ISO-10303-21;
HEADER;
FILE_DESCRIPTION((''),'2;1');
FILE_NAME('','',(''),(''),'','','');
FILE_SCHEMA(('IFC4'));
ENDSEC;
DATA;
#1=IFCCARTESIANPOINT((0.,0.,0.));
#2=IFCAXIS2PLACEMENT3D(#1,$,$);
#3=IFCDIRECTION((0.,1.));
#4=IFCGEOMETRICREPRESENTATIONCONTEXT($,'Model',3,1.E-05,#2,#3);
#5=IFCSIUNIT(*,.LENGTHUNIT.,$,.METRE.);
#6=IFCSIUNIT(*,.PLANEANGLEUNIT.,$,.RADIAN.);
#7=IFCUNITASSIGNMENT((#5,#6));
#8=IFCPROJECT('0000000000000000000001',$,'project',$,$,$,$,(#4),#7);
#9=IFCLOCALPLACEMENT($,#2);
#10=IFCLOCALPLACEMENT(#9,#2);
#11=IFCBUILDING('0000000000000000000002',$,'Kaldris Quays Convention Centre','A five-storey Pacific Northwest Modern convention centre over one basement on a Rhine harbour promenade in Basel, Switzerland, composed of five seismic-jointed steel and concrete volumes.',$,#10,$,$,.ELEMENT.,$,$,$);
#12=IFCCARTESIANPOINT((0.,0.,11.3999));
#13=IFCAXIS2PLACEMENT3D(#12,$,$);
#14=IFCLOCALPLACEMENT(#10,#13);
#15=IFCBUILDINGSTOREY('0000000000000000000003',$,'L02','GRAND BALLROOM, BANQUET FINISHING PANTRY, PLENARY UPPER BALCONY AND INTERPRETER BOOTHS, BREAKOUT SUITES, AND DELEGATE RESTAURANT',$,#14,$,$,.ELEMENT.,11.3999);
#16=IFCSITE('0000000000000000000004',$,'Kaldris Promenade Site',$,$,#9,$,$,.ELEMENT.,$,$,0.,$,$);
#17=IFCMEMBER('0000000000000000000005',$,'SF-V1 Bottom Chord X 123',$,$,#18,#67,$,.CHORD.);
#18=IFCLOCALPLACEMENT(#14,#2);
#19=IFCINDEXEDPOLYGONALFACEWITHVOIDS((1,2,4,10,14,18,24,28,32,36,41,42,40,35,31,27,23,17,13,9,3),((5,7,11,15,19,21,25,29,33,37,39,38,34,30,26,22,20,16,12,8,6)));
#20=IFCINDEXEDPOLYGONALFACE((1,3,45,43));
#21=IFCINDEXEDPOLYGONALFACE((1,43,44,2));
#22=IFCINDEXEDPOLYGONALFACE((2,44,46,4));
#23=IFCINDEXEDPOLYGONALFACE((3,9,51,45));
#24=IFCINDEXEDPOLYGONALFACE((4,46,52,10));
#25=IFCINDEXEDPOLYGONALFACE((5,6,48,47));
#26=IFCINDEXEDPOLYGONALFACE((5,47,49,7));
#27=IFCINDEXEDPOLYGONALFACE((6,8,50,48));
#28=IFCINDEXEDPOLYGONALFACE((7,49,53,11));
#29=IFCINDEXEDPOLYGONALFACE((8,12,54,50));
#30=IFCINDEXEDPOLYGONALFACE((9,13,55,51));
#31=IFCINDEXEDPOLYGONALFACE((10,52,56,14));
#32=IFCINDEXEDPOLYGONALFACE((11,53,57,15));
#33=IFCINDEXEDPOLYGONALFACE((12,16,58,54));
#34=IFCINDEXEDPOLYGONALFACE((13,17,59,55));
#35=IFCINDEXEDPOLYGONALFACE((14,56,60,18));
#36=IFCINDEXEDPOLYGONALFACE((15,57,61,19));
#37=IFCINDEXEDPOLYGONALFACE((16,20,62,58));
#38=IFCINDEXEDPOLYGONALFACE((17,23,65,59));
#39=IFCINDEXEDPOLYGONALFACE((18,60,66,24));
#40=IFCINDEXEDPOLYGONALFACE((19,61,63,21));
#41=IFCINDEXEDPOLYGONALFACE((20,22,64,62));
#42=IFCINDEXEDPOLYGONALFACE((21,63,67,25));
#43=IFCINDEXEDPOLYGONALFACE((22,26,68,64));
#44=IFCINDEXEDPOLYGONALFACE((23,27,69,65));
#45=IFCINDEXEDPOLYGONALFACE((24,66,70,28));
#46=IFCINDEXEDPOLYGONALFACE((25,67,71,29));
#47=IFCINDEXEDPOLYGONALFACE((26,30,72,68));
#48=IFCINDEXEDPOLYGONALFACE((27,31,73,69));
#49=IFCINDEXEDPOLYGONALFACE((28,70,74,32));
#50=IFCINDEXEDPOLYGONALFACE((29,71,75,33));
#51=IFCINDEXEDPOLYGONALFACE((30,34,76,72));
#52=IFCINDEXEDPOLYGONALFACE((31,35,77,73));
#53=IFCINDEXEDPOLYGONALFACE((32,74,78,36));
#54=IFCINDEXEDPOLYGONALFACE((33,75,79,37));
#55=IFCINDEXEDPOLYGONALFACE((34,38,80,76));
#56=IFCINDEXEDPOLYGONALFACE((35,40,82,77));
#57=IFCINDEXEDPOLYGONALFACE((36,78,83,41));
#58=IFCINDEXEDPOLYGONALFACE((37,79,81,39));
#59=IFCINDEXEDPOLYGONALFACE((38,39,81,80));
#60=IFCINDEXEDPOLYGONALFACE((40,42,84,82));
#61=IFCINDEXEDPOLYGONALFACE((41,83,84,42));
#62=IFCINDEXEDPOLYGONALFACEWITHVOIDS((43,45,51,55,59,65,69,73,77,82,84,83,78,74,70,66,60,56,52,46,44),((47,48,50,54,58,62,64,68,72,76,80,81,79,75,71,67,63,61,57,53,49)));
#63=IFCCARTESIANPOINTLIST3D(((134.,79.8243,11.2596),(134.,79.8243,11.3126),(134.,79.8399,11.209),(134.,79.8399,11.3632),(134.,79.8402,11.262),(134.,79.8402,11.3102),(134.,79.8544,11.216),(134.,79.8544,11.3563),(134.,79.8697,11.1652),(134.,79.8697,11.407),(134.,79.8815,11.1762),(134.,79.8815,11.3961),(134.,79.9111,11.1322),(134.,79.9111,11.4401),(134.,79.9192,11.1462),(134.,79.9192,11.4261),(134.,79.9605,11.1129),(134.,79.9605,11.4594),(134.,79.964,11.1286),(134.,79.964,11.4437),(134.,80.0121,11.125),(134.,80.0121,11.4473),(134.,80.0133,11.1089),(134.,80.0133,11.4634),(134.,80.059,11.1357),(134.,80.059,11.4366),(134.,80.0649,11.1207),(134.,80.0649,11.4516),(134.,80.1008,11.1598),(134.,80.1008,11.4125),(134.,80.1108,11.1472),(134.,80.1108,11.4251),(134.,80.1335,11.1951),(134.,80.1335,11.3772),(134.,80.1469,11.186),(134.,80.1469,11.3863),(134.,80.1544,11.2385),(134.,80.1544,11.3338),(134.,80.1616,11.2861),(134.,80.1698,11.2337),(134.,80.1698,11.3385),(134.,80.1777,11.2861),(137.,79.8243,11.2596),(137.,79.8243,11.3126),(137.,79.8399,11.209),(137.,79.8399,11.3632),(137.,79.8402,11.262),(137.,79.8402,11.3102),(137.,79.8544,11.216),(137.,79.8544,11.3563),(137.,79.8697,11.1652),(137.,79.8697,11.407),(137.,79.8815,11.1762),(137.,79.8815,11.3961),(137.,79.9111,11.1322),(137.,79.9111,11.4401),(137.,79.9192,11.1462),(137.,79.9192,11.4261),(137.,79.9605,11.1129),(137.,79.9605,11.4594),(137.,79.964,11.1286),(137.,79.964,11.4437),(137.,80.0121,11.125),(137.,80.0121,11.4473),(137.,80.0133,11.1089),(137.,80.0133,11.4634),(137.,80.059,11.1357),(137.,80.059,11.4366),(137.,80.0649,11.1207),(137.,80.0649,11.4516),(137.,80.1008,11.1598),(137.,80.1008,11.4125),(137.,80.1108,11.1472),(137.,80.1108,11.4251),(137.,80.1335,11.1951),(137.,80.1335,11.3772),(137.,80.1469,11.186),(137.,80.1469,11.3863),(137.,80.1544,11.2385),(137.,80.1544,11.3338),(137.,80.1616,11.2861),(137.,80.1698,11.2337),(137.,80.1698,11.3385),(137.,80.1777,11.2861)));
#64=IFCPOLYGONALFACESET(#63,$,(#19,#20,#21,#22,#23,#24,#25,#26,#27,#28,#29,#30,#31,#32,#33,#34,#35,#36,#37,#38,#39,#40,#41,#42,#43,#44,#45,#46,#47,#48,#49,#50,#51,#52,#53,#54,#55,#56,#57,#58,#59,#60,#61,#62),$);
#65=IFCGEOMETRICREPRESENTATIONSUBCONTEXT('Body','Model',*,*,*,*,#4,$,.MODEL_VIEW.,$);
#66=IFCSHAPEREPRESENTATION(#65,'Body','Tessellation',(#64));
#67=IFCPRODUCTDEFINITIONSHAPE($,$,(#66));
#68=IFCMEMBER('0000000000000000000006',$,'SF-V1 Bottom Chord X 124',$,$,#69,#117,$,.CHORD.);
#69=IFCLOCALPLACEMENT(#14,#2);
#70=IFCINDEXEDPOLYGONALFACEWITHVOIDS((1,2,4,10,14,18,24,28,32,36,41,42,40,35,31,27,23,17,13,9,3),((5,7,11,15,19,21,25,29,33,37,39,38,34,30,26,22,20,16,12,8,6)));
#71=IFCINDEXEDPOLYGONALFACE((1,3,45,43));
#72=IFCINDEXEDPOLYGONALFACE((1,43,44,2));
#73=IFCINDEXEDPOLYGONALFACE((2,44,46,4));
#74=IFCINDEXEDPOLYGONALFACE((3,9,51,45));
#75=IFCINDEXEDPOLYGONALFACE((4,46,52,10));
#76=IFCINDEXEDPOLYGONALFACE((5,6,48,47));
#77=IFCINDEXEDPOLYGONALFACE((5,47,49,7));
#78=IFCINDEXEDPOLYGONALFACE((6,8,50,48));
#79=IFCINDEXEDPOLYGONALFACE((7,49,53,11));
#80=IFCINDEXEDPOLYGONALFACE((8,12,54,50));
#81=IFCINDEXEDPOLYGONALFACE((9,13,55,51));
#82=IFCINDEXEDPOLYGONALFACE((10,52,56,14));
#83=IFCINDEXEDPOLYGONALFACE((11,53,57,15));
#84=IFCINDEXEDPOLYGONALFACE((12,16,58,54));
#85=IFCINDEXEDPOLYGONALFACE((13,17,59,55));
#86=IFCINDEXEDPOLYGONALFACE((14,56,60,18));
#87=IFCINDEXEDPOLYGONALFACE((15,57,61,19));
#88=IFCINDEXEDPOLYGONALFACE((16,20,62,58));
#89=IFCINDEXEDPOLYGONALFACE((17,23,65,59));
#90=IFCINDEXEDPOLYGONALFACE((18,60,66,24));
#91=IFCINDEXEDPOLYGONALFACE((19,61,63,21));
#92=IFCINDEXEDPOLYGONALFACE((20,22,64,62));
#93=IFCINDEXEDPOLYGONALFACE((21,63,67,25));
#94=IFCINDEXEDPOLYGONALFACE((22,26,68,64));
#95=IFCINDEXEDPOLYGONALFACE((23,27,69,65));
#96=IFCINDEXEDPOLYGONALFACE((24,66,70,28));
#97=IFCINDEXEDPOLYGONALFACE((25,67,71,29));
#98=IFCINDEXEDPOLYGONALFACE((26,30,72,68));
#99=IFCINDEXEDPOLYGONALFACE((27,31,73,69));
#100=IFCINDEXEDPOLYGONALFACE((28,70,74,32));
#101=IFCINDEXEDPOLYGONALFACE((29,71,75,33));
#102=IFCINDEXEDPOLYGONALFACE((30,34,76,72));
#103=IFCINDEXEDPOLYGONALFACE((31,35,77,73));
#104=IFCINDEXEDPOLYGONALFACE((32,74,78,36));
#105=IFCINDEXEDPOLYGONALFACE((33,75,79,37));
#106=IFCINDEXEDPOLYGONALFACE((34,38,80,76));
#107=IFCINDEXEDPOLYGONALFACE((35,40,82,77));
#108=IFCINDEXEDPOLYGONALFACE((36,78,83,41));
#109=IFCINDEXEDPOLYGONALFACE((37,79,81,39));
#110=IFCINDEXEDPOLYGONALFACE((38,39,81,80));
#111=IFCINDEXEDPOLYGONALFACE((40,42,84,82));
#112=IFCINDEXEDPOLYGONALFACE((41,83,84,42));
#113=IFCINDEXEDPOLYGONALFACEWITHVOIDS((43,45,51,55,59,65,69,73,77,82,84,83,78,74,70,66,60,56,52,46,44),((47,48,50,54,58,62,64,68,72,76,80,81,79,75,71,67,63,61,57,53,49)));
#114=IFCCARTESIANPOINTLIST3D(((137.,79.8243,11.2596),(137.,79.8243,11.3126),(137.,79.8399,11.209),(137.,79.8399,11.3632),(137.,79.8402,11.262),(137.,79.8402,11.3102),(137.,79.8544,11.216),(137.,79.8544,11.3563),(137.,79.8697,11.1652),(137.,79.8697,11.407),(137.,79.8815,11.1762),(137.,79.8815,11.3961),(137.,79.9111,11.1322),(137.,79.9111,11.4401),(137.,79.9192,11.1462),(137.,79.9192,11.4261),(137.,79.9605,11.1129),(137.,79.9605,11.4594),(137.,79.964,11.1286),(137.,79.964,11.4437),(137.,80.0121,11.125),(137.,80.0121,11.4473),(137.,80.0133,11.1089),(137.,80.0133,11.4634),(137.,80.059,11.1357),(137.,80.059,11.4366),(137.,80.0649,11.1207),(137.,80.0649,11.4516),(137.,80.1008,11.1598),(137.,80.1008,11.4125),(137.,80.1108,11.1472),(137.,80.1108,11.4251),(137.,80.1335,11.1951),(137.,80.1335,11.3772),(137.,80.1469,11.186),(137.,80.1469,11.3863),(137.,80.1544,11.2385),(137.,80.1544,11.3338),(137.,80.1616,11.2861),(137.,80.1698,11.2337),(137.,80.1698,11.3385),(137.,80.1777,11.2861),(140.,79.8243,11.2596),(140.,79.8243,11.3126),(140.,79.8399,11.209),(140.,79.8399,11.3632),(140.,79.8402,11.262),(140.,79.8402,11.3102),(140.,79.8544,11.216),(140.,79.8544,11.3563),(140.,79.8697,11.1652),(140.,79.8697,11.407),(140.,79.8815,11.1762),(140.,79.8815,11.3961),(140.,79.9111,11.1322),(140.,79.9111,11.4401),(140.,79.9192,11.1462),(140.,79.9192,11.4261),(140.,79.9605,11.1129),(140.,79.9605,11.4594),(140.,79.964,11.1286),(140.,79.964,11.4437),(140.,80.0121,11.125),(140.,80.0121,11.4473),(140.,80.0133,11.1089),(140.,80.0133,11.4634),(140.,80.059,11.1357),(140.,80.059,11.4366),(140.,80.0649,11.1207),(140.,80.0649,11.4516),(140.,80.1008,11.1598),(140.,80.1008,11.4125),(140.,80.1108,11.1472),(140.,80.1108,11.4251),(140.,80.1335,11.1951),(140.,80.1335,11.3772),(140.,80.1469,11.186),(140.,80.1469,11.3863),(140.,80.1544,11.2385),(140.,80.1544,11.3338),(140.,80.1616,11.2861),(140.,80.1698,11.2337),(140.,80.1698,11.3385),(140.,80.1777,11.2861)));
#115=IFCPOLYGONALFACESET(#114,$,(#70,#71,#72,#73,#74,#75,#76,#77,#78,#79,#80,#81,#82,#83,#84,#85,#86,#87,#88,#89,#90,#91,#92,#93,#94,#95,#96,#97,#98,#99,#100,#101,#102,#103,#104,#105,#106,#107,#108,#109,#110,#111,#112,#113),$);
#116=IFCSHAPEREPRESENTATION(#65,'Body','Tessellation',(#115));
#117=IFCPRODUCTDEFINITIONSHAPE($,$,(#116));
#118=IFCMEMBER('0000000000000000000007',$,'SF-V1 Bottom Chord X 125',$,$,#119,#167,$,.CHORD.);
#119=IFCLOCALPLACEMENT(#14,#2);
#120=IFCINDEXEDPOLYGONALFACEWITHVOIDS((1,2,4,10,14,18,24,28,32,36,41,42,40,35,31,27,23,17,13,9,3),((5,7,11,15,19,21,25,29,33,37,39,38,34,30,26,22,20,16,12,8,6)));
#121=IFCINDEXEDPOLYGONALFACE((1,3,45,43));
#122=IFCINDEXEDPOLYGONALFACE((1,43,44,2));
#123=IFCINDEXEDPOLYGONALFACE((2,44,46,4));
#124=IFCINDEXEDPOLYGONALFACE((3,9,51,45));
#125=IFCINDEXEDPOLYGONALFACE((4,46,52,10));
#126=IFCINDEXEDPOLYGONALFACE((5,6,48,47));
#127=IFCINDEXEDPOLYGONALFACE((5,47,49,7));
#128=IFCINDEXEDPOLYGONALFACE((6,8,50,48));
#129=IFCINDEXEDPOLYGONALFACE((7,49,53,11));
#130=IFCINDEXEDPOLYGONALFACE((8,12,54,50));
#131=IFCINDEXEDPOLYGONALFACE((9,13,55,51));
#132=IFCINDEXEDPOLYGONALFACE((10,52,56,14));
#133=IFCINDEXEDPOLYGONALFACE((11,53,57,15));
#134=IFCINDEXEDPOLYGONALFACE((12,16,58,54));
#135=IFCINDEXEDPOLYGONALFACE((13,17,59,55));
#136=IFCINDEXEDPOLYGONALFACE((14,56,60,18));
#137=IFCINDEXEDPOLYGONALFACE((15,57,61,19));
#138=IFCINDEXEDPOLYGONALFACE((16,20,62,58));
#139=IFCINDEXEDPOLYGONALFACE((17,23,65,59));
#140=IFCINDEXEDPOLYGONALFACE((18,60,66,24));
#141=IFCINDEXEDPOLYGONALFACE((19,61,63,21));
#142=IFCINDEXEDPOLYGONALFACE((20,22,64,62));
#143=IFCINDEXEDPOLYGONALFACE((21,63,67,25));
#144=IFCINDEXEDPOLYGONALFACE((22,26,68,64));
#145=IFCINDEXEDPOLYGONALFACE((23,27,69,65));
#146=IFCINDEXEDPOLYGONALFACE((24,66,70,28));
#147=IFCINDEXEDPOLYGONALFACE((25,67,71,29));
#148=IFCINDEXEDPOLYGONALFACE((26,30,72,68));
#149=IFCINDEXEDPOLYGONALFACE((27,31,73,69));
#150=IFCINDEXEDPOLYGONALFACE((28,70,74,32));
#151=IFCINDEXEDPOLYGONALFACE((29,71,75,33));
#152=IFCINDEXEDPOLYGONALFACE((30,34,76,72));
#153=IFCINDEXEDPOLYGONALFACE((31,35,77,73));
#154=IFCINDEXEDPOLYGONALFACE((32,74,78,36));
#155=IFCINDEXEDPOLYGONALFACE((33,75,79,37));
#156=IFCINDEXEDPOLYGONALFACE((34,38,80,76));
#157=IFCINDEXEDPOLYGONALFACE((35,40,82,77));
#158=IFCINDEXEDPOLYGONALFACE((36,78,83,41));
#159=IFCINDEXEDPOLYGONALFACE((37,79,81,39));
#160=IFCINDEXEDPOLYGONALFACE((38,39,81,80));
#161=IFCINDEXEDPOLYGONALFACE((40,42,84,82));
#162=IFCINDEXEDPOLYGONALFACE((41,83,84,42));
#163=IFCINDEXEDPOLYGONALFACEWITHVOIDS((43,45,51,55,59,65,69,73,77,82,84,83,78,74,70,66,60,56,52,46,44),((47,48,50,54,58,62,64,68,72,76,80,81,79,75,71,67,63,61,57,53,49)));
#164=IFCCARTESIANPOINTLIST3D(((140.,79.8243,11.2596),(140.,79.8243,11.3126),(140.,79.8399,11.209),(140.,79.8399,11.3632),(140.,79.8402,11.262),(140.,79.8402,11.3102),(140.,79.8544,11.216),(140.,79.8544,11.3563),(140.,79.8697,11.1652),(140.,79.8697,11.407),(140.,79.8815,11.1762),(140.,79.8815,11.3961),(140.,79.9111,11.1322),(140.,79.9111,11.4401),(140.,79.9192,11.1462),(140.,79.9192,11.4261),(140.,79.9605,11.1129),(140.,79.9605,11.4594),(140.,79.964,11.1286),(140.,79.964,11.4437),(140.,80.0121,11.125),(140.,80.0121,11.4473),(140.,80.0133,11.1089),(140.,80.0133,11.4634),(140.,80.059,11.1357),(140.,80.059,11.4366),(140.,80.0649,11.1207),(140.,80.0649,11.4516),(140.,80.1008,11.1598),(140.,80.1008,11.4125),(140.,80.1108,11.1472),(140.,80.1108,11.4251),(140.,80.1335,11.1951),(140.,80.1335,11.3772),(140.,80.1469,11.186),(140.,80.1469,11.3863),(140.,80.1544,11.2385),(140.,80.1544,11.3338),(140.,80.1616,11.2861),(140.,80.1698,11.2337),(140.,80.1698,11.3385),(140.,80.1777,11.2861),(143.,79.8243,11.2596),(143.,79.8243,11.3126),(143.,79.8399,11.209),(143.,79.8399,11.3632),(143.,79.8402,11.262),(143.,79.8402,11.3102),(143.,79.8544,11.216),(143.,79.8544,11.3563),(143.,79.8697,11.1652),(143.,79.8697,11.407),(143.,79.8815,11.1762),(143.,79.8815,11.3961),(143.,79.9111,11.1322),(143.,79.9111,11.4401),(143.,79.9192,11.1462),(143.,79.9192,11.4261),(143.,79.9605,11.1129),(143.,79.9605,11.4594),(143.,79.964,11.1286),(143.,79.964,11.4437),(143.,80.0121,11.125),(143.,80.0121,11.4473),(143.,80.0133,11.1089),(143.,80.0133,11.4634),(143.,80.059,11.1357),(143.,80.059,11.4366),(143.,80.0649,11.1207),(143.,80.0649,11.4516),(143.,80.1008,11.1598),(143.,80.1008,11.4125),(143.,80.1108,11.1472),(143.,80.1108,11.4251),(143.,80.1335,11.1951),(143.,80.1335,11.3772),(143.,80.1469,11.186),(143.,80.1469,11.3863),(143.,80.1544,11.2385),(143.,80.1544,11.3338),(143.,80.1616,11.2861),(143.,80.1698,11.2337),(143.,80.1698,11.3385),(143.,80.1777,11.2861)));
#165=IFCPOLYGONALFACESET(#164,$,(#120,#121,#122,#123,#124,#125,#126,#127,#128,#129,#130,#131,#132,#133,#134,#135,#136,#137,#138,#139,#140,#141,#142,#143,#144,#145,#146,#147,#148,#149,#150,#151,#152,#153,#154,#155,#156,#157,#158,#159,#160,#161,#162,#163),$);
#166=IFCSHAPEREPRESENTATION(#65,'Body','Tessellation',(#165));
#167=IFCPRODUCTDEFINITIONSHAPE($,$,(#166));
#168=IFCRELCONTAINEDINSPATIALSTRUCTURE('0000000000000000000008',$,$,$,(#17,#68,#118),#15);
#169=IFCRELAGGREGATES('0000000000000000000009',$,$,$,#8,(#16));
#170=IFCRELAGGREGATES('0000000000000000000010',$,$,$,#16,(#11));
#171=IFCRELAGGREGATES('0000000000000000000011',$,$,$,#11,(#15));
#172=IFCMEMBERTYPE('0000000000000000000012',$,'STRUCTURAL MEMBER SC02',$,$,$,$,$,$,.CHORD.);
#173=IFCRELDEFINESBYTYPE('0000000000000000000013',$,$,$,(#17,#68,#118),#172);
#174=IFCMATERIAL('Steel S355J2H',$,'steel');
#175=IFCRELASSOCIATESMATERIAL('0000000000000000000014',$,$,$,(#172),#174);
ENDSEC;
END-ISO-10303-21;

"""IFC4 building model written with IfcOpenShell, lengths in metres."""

from ifc_helpers import new_model, si_unit, direction, frame, origin, origin_2d, place, context, subcontext, project, spatial, hollow_circle, extrude, material, material_profile, profile_set, type_object, element, save


model = new_model("IFC4")

# Units and contexts
model_context = context("Model", 3, precision=1e-05, world=origin(), true_north=direction((0.0, 1.0)))
body_context = subcontext(model_context, "Body", "Model", "MODEL_VIEW")
ifc_project = project(units=[si_unit("LENGTHUNIT", "METRE"), si_unit("PLANEANGLEUNIT", "RADIAN")], contexts=[model_context])

# Site, building, storey
site_placement = place(None, origin())
site = spatial("IfcSite", under=ifc_project, at=site_placement, Name="Kaldris Promenade Site", CompositionType="ELEMENT", RefElevation=0.0)
building_placement = place(site_placement, origin())
building = spatial("IfcBuilding", under=site, at=building_placement, Name="Kaldris Quays Convention Centre", Description="A five-storey Pacific Northwest Modern convention centre over one basement on a Rhine harbour promenade in Basel, Switzerland, composed of five seismic-jointed steel and concrete volumes.", CompositionType="ELEMENT")
storey_placement = place(building_placement, frame((0.0, 0.0, 11.3999)))
storey = spatial("IfcBuildingStorey", under=building, at=storey_placement, Name="L02", Description="GRAND BALLROOM, BANQUET FINISHING PANTRY, PLENARY UPPER BALCONY AND INTERPRETER BOOTHS, BREAKOUT SUITES, AND DELEGATE RESTAURANT", CompositionType="ELEMENT", Elevation=11.3999)

# Members
ifc_material_1 = material(Name="Steel S355J2H", Category="steel")
ifc_material_profile_1 = material_profile(ifc_material_1, hollow_circle(Radius=0.1777, WallThickness=0.0161, at=origin_2d()), Name="CHS 355.6x16")
ifc_profile_set_1 = profile_set([ifc_material_profile_1], Name="Steel S355J2H")
member_type_1 = type_object("IfcMemberType", Name="STRUCTURAL MEMBER SC02", PredefinedType="CHORD", material=ifc_profile_set_1)
for number, where, z_axis, x_axis, name in (
    (1, (134.0, 80.0, 11.2861), (1.0, 0.0, 0.0), (0.0, 1.0, 0.0), "SF-V1 Bottom Chord X 123"),
    (2, (137.0, 80.0, 11.2861), (1.0, 0.0, 0.0), (0.0, 1.0, 0.0), "SF-V1 Bottom Chord X 124"),
    (3, (140.0, 80.0, 11.2861), (1.0, 0.0, 0.0), (0.0, 1.0, 0.0), "SF-V1 Bottom Chord X 125"),
):
    element("IfcMember", number, at=place(storey_placement, frame(where, z_axis=z_axis, x_axis=x_axis)), inside=storey, type_object=member_type_1, Name=name, PredefinedType="CHORD", context=body_context, shape_type="SweptSolid", body=[
        extrude(hollow_circle(Radius=0.1777, WallThickness=0.0161, at=origin_2d()), origin(), (0.0, 0.0, 1.0), 3.0),
    ])

save(model, "model.ifc")
